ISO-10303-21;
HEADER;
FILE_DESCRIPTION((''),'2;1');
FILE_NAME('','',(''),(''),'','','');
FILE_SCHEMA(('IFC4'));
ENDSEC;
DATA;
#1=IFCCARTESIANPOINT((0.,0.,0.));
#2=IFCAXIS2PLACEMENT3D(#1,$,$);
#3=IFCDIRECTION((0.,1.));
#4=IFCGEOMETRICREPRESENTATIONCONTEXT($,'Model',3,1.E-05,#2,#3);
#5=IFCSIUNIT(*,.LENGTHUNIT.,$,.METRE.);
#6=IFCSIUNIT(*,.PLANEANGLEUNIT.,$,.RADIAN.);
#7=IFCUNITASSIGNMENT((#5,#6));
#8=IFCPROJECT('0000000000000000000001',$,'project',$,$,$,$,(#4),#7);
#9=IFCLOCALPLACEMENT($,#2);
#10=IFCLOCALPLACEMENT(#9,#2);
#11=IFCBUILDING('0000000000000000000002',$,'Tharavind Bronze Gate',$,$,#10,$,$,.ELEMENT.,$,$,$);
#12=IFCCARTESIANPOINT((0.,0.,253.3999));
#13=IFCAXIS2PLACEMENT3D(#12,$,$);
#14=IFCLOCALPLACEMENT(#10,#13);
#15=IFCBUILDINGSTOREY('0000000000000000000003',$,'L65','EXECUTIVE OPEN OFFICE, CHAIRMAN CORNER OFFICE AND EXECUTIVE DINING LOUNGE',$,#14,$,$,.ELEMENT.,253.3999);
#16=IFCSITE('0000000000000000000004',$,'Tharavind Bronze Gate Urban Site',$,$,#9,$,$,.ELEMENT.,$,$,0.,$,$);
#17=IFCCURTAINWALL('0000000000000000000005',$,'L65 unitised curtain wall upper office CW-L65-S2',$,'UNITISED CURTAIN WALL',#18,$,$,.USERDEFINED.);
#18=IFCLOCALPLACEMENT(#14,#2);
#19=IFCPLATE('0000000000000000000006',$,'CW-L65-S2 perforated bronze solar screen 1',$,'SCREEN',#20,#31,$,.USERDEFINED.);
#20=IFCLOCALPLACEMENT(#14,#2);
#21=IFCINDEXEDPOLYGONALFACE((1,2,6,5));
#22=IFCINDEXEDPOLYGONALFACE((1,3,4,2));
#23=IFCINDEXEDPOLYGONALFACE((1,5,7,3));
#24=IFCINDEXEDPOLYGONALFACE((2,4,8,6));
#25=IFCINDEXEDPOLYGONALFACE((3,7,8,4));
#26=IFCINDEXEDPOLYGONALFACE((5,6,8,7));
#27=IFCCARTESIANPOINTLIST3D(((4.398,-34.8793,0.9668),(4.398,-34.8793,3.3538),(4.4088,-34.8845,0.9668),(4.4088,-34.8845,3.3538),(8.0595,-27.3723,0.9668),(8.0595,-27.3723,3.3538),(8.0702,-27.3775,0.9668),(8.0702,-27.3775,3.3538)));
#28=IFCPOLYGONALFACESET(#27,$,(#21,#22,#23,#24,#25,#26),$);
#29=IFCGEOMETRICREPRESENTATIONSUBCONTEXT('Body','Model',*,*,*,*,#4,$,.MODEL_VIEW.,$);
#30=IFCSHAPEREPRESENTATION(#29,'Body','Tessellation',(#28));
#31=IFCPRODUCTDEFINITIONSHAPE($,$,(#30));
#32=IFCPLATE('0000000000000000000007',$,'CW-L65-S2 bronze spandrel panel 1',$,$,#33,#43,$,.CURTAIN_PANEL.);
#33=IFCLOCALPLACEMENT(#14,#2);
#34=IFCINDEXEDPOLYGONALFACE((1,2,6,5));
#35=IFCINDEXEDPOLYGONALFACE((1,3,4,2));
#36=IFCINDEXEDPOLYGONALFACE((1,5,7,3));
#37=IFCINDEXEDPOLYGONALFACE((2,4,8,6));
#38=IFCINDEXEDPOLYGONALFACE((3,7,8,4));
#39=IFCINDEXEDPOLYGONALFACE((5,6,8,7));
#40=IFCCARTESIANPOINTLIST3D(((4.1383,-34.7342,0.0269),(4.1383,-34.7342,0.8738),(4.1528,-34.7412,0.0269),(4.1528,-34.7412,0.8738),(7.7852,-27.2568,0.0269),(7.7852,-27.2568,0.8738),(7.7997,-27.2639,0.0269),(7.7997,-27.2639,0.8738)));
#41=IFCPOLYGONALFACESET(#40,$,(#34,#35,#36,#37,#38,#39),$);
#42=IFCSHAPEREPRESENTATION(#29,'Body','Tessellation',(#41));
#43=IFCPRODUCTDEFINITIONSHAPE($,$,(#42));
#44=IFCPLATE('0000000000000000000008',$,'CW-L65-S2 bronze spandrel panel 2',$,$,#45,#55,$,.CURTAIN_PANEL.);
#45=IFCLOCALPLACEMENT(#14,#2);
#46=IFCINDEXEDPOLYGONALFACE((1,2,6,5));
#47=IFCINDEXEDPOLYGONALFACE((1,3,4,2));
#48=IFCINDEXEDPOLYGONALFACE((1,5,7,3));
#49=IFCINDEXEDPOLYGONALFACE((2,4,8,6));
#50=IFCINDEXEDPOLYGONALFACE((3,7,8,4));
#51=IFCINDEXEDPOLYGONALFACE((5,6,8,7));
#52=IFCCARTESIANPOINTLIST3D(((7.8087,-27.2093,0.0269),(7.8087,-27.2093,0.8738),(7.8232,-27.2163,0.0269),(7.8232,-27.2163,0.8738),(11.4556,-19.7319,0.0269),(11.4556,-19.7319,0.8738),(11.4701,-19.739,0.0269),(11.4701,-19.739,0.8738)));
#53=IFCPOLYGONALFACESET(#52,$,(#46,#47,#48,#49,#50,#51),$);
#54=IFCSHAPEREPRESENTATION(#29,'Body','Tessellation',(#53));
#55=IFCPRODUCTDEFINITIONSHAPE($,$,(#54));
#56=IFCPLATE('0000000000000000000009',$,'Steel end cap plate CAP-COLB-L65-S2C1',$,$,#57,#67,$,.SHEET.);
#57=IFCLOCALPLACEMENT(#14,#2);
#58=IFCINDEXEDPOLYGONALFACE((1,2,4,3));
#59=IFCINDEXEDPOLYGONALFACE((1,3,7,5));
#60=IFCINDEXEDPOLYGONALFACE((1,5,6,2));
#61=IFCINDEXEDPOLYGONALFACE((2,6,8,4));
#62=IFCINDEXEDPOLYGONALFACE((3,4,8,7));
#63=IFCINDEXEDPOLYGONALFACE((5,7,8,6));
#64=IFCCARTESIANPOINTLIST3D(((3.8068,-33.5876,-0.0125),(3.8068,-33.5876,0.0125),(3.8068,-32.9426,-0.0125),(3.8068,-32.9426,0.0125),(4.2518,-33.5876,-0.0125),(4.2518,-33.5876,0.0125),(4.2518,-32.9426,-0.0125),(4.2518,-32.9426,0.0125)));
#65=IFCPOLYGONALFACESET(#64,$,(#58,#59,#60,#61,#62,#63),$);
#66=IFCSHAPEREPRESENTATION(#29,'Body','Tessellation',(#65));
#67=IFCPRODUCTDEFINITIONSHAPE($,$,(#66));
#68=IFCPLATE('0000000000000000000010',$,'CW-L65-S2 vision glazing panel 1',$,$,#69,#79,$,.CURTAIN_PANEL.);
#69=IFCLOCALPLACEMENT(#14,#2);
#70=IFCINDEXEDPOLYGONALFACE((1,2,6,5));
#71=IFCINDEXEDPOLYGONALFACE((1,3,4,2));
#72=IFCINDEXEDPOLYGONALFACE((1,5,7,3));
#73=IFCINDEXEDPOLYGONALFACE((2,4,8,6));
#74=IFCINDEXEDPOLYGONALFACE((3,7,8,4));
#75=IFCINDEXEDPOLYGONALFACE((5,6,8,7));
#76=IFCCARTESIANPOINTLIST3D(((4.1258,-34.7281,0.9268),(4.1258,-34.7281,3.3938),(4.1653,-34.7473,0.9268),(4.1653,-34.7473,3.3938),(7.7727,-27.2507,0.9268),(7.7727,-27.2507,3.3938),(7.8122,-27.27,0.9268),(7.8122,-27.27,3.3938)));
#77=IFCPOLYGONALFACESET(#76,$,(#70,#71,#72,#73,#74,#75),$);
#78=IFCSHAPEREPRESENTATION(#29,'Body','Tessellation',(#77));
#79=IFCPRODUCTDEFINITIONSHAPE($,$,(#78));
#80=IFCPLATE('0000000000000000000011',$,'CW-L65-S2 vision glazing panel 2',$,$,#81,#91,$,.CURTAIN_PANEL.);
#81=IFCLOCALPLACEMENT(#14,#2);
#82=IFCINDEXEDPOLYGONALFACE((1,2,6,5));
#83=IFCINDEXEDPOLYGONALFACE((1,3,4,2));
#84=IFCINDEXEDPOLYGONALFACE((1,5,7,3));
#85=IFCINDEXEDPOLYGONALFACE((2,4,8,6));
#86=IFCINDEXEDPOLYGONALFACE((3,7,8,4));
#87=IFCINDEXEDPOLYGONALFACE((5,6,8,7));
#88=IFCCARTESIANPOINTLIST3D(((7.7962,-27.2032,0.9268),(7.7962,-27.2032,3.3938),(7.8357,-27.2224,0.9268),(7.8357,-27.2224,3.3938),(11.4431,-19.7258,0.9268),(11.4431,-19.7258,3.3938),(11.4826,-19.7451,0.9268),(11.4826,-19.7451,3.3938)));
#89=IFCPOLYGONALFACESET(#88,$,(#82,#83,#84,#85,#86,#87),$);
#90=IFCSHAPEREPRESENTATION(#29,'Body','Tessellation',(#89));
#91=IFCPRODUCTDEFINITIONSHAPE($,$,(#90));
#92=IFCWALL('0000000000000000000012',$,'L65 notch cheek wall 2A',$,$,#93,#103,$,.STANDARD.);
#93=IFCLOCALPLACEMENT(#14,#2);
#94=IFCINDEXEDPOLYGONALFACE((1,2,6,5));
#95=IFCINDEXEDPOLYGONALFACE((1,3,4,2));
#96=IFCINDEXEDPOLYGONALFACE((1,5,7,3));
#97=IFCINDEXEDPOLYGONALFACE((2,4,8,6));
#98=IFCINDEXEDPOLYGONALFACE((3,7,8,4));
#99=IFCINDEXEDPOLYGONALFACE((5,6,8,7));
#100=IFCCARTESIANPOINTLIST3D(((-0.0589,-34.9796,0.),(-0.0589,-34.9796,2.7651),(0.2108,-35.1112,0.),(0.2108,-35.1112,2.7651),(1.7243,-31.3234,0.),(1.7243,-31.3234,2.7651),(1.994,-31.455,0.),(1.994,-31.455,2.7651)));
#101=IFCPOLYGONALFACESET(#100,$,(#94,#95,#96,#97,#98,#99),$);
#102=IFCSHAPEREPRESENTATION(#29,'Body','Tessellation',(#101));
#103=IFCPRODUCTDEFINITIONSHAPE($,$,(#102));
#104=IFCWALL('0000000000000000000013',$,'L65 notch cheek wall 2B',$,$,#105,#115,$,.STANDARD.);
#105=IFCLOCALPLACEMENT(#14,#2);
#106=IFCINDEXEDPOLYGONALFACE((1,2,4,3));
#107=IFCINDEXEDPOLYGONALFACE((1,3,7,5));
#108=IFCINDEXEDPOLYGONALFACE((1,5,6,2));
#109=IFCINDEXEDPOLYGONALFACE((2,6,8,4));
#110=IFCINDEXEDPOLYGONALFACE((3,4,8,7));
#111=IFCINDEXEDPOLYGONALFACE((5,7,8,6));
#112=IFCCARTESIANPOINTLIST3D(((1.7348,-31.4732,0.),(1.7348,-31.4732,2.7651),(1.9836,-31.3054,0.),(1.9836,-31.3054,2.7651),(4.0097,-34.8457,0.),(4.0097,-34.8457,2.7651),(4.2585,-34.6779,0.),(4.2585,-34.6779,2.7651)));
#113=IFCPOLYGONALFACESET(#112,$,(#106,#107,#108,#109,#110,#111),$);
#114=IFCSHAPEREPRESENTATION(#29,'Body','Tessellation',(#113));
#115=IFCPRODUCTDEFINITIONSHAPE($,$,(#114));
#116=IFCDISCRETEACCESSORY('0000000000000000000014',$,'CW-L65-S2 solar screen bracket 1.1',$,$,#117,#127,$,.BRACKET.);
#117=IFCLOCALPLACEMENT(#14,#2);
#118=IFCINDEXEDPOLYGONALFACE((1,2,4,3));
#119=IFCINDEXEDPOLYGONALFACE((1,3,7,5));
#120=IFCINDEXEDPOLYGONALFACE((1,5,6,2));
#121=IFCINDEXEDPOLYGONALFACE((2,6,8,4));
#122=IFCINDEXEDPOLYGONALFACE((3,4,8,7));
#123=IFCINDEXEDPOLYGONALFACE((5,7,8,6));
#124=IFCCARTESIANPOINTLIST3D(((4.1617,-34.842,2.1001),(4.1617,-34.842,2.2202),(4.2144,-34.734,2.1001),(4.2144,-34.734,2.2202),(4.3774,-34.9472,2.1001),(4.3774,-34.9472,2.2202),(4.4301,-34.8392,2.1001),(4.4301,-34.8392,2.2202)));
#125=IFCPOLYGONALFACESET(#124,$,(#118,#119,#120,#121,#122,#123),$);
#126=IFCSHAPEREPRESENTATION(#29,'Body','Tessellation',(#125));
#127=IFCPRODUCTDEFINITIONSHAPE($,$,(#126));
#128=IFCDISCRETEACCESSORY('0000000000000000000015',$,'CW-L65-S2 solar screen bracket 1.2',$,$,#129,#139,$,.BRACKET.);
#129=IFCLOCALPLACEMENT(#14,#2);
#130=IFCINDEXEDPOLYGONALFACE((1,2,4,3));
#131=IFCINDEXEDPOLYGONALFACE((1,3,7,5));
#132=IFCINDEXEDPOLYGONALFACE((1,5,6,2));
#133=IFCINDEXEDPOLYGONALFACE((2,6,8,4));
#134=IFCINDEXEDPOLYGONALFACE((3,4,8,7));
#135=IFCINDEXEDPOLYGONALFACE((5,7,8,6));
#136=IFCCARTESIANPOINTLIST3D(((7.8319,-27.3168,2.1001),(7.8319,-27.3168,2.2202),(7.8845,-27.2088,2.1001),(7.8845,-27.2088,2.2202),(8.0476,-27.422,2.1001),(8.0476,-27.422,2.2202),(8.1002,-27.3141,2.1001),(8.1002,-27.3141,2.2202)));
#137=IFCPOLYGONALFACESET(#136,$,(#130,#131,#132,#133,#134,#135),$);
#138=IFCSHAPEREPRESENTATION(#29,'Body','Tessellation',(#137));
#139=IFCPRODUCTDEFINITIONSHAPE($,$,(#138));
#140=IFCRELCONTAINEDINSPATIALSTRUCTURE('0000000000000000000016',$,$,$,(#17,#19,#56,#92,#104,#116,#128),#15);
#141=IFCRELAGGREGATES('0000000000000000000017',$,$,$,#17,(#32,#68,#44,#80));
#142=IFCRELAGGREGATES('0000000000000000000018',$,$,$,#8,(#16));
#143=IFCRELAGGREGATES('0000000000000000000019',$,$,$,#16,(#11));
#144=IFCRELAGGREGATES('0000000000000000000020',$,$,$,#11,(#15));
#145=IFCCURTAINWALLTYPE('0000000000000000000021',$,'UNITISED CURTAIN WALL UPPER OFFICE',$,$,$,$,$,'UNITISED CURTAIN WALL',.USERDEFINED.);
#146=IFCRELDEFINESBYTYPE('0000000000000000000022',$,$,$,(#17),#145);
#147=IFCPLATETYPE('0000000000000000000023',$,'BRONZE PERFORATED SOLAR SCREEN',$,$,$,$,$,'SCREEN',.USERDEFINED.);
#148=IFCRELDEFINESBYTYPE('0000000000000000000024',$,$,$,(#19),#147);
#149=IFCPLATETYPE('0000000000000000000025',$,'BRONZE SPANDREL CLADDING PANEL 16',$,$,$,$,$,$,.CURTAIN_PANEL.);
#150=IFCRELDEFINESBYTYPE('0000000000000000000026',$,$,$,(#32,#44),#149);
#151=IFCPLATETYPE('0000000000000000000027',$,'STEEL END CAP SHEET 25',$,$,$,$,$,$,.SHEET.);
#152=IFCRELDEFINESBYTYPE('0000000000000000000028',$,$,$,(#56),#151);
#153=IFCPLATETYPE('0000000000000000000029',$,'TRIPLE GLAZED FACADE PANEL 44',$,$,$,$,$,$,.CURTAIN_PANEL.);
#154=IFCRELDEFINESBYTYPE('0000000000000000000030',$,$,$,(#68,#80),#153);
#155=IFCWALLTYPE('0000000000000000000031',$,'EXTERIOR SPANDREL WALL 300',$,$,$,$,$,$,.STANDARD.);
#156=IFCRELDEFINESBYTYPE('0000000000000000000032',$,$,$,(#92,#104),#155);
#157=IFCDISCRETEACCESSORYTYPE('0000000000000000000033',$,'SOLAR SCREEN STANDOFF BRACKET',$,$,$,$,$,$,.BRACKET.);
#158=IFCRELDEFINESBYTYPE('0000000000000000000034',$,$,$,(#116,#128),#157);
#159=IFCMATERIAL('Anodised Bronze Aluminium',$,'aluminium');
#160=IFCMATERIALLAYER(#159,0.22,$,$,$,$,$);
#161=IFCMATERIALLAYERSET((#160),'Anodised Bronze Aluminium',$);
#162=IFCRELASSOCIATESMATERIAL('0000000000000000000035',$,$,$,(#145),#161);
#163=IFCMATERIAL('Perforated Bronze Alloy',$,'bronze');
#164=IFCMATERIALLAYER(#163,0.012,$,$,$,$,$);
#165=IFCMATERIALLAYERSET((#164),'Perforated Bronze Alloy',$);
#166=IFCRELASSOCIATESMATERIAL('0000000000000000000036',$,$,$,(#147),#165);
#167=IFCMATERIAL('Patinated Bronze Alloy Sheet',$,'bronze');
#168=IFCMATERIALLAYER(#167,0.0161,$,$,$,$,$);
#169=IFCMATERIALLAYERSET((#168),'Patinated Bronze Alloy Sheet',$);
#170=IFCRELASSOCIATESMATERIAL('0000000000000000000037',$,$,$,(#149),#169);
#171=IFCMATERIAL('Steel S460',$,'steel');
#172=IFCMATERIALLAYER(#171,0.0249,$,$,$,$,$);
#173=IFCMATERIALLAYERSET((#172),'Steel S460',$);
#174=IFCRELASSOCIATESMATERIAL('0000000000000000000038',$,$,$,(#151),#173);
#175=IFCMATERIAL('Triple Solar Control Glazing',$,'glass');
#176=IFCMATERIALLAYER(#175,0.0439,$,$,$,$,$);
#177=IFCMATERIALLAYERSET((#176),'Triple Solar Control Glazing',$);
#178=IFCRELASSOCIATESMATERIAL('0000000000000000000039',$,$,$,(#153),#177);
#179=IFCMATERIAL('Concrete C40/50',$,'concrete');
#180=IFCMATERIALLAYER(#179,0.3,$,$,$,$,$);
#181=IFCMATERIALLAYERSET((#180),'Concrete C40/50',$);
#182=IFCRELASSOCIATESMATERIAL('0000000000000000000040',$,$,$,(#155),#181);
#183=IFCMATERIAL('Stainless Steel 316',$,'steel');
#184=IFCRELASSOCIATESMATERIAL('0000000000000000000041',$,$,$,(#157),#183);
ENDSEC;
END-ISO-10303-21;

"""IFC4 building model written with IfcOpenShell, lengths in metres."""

from ifc_helpers import new_model, si_unit, direction, frame, frame_2d, origin, origin_2d, place, context, subcontext, project, spatial, rectangle, extrude, material, layer, layer_set, type_object, element, aggregate, save


model = new_model("IFC4")

# Units and contexts
model_context = context("Model", 3, precision=1e-05, world=origin(), true_north=direction((0.0, 1.0)))
body_context = subcontext(model_context, "Body", "Model", "MODEL_VIEW")
ifc_project = project(units=[si_unit("LENGTHUNIT", "METRE"), si_unit("PLANEANGLEUNIT", "RADIAN")], contexts=[model_context])

# Site, building, storey
site_placement = place(None, origin())
site = spatial("IfcSite", under=ifc_project, at=site_placement, Name="Tharavind Bronze Gate Urban Site", CompositionType="ELEMENT", RefElevation=0.0)
building_placement = place(site_placement, origin())
building = spatial("IfcBuilding", under=site, at=building_placement, Name="Tharavind Bronze Gate", CompositionType="ELEMENT")
storey_placement = place(building_placement, frame((0.0, 0.0, 253.3999)))
storey = spatial("IfcBuildingStorey", under=building, at=storey_placement, Name="L65", Description="EXECUTIVE OPEN OFFICE, CHAIRMAN CORNER OFFICE AND EXECUTIVE DINING LOUNGE", CompositionType="ELEMENT", Elevation=253.3999)

# Shared definitions
ifc_material_1 = material(Name="Steel S460", Category="steel")

# Shared definitions
ifc_material_2 = material(Name="Anodised Bronze Aluminium", Category="aluminium")
ifc_layer_1 = layer(ifc_material_2, 0.22)
ifc_layer_set_1 = layer_set([ifc_layer_1], Name="Anodised Bronze Aluminium")
curtain_wall_type = type_object("IfcCurtainWallType", Name="UNITISED CURTAIN WALL UPPER OFFICE", ElementType="UNITISED CURTAIN WALL", PredefinedType="USERDEFINED", material=ifc_layer_set_1)

# Curtain wall
curtain_wall_1_placement = place(storey_placement, origin())
curtain_wall_1 = element("IfcCurtainWall", 1, at=curtain_wall_1_placement, inside=storey, type_object=curtain_wall_type, Name="L65 unitised curtain wall upper office CW-L65-S2", ObjectType="UNITISED CURTAIN WALL", PredefinedType="USERDEFINED")

# Plates
ifc_material_3 = material(Name="Perforated Bronze Alloy", Category="bronze")
ifc_layer_2 = layer(ifc_material_3, 0.012)
ifc_layer_set_2 = layer_set([ifc_layer_2], Name="Perforated Bronze Alloy")
plate_type_1 = type_object("IfcPlateType", Name="BRONZE PERFORATED SOLAR SCREEN", ElementType="SCREEN", PredefinedType="USERDEFINED", material=ifc_layer_set_2)
plate_1_placement = place(storey_placement, frame((6.2341, -31.1284, 0.9668), z_axis=(0.0, 0.0, 1.0), x_axis=(0.438373, 0.898793, 0.0)))
element("IfcPlate", 2, at=plate_1_placement, inside=storey, type_object=plate_type_1, Name="CW-L65-S2 perforated bronze solar screen 1", ObjectType="SCREEN", PredefinedType="USERDEFINED", context=body_context, shape_type="SweptSolid", body=[
    extrude(rectangle(XDim=8.3523, YDim=0.012, at=origin_2d()), origin(), (0.0, 0.0, 1.0), 2.387),
])
ifc_material_4 = material(Name="Patinated Bronze Alloy Sheet", Category="bronze")
ifc_layer_3 = layer(ifc_material_4, 0.0161)
ifc_layer_set_3 = layer_set([ifc_layer_3], Name="Patinated Bronze Alloy Sheet")
plate_type_2 = type_object("IfcPlateType", Name="BRONZE SPANDREL CLADDING PANEL 16", PredefinedType="CURTAIN_PANEL", material=ifc_layer_set_3)
plate_2_placement = place(storey_placement, frame((5.969, -30.999, 0.0269), z_axis=(0.0, 0.0, 1.0), x_axis=(0.438373, 0.898793, 0.0)))
plate_2 = element("IfcPlate", 3, at=plate_2_placement, type_object=plate_type_2, Name="CW-L65-S2 bronze spandrel panel 1", PredefinedType="CURTAIN_PANEL", context=body_context, shape_type="SweptSolid", body=[
    extrude(rectangle(XDim=8.3193, YDim=0.0161, at=origin_2d()), origin(), (0.0, 0.0, 1.0), 0.8469),
])
plate_3_placement = place(storey_placement, frame((9.6394, -23.4741, 0.0269), z_axis=(0.0, 0.0, 1.0), x_axis=(0.438373, 0.898793, 0.0)))
plate_3 = element("IfcPlate", 4, at=plate_3_placement, type_object=plate_type_2, Name="CW-L65-S2 bronze spandrel panel 2", PredefinedType="CURTAIN_PANEL", context=body_context, shape_type="SweptSolid", body=[
    extrude(rectangle(XDim=8.3193, YDim=0.0161, at=origin_2d()), origin(), (0.0, 0.0, 1.0), 0.8469),
])
ifc_layer_4 = layer(ifc_material_1, 0.0249)
ifc_layer_set_4 = layer_set([ifc_layer_4], Name="Steel S460")
plate_type_3 = type_object("IfcPlateType", Name="STEEL END CAP SHEET 25", PredefinedType="SHEET", material=ifc_layer_set_4)
plate_4_placement = place(storey_placement, frame((4.0293, -33.2651, -0.0125), z_axis=(0.0, 0.0, 1.0), x_axis=(1.0, 0.0, 0.0)))
element("IfcPlate", 5, at=plate_4_placement, inside=storey, type_object=plate_type_3, Name="Steel end cap plate CAP-COLB-L65-S2C1", PredefinedType="SHEET", context=body_context, shape_type="SweptSolid", body=[
    extrude(rectangle(XDim=0.4451, YDim=0.645, at=origin_2d()), origin(), (0.0, 0.0, 1.0), 0.0249),
])
ifc_material_5 = material(Name="Triple Solar Control Glazing", Category="glass")
ifc_layer_5 = layer(ifc_material_5, 0.0439)
ifc_layer_set_5 = layer_set([ifc_layer_5], Name="Triple Solar Control Glazing")
plate_type_4 = type_object("IfcPlateType", Name="TRIPLE GLAZED FACADE PANEL 44", PredefinedType="CURTAIN_PANEL", material=ifc_layer_set_5)
plate_5_placement = place(storey_placement, frame((5.969, -30.999, 0.9268), z_axis=(0.0, 0.0, 1.0), x_axis=(0.438373, 0.898793, 0.0)))
plate_5 = element("IfcPlate", 6, at=plate_5_placement, type_object=plate_type_4, Name="CW-L65-S2 vision glazing panel 1", PredefinedType="CURTAIN_PANEL", context=body_context, shape_type="SweptSolid", body=[
    extrude(rectangle(XDim=8.3193, YDim=0.0439, at=origin_2d()), origin(), (0.0, 0.0, 1.0), 2.467),
])
plate_6_placement = place(storey_placement, frame((9.6394, -23.4741, 0.9268), z_axis=(0.0, 0.0, 1.0), x_axis=(0.438373, 0.898793, 0.0)))
plate_6 = element("IfcPlate", 7, at=plate_6_placement, type_object=plate_type_4, Name="CW-L65-S2 vision glazing panel 2", PredefinedType="CURTAIN_PANEL", context=body_context, shape_type="SweptSolid", body=[
    extrude(rectangle(XDim=8.3193, YDim=0.0439, at=origin_2d()), origin(), (0.0, 0.0, 1.0), 2.467),
])
aggregate(curtain_wall_1, [plate_2, plate_5, plate_3, plate_6])

# Walls
ifc_material_6 = material(Name="Concrete C40/50", Category="concrete")
ifc_layer_6 = layer(ifc_material_6, 0.3)
ifc_layer_set_6 = layer_set([ifc_layer_6], Name="Concrete C40/50")
wall_type = type_object("IfcWallType", Name="EXTERIOR SPANDREL WALL 300", PredefinedType="STANDARD", material=ifc_layer_set_6)
wall_1_placement = place(storey_placement, frame((0.0759, -35.0454, 0.0), z_axis=(0.0, 0.0, 1.0), x_axis=(0.438357, 0.898801, 0.0)))
element("IfcWall", 8, at=wall_1_placement, inside=storey, type_object=wall_type, Name="L65 notch cheek wall 2A", PredefinedType="STANDARD", context=body_context, shape_type="SweptSolid", body=[
    extrude(rectangle(XDim=4.0679, YDim=0.3, at=frame_2d((2.0339, 0.0))), origin(), (0.0, 0.0, 1.0), 2.7651),
])
wall_2_placement = place(storey_placement, frame((1.8591, -31.3892, 0.0), z_axis=(0.0, 0.0, 1.0), x_axis=(0.559207, -0.829028, 0.0)))
element("IfcWall", 9, at=wall_2_placement, inside=storey, type_object=wall_type, Name="L65 notch cheek wall 2B", PredefinedType="STANDARD", context=body_context, shape_type="SweptSolid", body=[
    extrude(rectangle(XDim=4.0681, YDim=0.3, at=frame_2d((2.0342, 0.0))), origin(), (0.0, 0.0, 1.0), 2.7651),
])

# Discrete accessories
ifc_material_7 = material(Name="Stainless Steel 316", Category="steel")
discrete_accessory_type = type_object("IfcDiscreteAccessoryType", Name="SOLAR SCREEN STANDOFF BRACKET", PredefinedType="BRACKET", material=ifc_material_7)
for number, where, z_axis, x_axis, name in (
    (10, (4.2959, -34.8406, 2.1001), (0.0, 0.0, 1.0), (0.438373, 0.898793, 0.0), "CW-L65-S2 solar screen bracket 1.1"),
    (11, (7.9661, -27.3154, 2.1001), (0.0, 0.0, 1.0), (0.438373, 0.898793, 0.0), "CW-L65-S2 solar screen bracket 1.2"),
):
    element("IfcDiscreteAccessory", number, at=place(storey_placement, frame(where, z_axis=z_axis, x_axis=x_axis)), inside=storey, type_object=discrete_accessory_type, Name=name, PredefinedType="BRACKET", context=body_context, shape_type="SweptSolid", body=[
        extrude(rectangle(XDim=0.1201, YDim=0.24, at=origin_2d()), origin(), (0.0, 0.0, 1.0), 0.1201),
    ])

save(model, "model.ifc")
